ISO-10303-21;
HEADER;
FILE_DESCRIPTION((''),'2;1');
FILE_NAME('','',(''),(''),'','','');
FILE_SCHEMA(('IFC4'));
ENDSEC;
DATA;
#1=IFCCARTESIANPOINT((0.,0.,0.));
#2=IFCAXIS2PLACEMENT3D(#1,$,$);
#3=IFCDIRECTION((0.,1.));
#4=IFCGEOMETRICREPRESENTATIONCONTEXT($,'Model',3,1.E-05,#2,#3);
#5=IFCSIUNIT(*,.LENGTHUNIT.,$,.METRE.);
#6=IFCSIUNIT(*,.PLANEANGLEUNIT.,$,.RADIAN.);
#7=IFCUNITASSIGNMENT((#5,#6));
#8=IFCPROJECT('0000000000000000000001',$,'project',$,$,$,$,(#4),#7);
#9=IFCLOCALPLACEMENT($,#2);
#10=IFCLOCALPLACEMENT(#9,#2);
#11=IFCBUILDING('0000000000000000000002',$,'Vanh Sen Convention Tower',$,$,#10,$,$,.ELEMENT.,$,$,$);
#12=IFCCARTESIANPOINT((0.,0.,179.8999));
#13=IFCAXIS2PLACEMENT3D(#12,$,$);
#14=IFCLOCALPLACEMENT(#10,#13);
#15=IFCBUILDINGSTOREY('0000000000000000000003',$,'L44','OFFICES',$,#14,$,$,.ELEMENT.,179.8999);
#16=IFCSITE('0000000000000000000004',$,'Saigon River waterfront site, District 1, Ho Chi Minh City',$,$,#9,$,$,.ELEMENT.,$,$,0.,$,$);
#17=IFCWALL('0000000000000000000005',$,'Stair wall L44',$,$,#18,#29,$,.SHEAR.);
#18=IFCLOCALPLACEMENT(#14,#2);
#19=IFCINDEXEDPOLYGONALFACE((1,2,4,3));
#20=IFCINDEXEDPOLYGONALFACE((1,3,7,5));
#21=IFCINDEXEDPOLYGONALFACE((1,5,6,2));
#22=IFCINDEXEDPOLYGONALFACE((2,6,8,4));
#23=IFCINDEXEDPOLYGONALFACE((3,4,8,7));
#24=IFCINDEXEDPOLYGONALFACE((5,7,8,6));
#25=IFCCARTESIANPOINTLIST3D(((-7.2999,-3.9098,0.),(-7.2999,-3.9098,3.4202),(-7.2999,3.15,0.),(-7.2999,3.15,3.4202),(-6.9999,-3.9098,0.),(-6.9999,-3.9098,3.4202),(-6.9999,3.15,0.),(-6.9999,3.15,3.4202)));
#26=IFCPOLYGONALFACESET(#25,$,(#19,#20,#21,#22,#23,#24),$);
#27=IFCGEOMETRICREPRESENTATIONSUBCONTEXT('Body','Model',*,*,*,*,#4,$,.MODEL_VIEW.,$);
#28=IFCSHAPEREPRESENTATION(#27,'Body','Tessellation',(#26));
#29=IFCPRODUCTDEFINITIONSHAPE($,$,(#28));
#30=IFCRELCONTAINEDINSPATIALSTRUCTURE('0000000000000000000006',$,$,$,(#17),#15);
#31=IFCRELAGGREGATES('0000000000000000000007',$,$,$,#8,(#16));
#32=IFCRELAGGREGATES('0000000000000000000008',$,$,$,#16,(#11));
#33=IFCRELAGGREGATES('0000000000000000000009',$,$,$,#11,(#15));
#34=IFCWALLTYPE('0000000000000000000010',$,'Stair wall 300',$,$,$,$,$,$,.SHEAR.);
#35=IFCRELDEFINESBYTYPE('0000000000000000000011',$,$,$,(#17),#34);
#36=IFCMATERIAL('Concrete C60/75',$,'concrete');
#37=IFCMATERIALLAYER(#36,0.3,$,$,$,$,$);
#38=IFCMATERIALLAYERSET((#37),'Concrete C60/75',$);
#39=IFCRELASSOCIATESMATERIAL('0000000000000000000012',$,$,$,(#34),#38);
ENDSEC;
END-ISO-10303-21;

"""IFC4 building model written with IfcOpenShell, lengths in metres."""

from ifc_helpers import new_model, si_unit, direction, frame, frame_2d, origin, place, context, subcontext, project, spatial, rectangle, extrude, material, layer, layer_set, type_object, element, save


model = new_model("IFC4")

# Units and contexts
model_context = context("Model", 3, precision=1e-05, world=origin(), true_north=direction((0.0, 1.0)))
body_context = subcontext(model_context, "Body", "Model", "MODEL_VIEW")
ifc_project = project(units=[si_unit("LENGTHUNIT", "METRE"), si_unit("PLANEANGLEUNIT", "RADIAN")], contexts=[model_context])

# Site, building, storey
site_placement = place(None, origin())
site = spatial("IfcSite", under=ifc_project, at=site_placement, Name="Saigon River waterfront site, District 1, Ho Chi Minh City", CompositionType="ELEMENT", RefElevation=0.0)
building_placement = place(site_placement, origin())
building = spatial("IfcBuilding", under=site, at=building_placement, Name="Vanh Sen Convention Tower", CompositionType="ELEMENT")
storey_placement = place(building_placement, frame((0.0, 0.0, 179.8999)))
storey = spatial("IfcBuildingStorey", under=building, at=storey_placement, Name="L44", Description="OFFICES", CompositionType="ELEMENT", Elevation=179.8999)

# Shared definitions
ifc_material_1 = material(Name="Concrete C60/75", Category="concrete")

# Shared definitions
ifc_layer_1 = layer(ifc_material_1, 0.3)
ifc_layer_set_1 = layer_set([ifc_layer_1], Name="Concrete C60/75")
wall_type_1 = type_object("IfcWallType", Name="Stair wall 300", PredefinedType="SHEAR", material=ifc_layer_set_1)

# Wall
for number, where, z_axis, x_axis, name in (
    (1, (-7.1499, 3.1499, 0.0), (0.0, 0.0, 1.0), (0.0, -1.0, 0.0), "Stair wall L44"),
):
    element("IfcWall", number, at=place(storey_placement, frame(where, z_axis=z_axis, x_axis=x_axis)), inside=storey, type_object=wall_type_1, Name=name, PredefinedType="SHEAR", context=body_context, shape_type="SweptSolid", body=[
        extrude(rectangle(XDim=7.0598, YDim=0.3, at=frame_2d((3.5298, 0.0))), origin(), (0.0, 0.0, 1.0), 3.4202),
    ])

save(model, "model.ifc")
